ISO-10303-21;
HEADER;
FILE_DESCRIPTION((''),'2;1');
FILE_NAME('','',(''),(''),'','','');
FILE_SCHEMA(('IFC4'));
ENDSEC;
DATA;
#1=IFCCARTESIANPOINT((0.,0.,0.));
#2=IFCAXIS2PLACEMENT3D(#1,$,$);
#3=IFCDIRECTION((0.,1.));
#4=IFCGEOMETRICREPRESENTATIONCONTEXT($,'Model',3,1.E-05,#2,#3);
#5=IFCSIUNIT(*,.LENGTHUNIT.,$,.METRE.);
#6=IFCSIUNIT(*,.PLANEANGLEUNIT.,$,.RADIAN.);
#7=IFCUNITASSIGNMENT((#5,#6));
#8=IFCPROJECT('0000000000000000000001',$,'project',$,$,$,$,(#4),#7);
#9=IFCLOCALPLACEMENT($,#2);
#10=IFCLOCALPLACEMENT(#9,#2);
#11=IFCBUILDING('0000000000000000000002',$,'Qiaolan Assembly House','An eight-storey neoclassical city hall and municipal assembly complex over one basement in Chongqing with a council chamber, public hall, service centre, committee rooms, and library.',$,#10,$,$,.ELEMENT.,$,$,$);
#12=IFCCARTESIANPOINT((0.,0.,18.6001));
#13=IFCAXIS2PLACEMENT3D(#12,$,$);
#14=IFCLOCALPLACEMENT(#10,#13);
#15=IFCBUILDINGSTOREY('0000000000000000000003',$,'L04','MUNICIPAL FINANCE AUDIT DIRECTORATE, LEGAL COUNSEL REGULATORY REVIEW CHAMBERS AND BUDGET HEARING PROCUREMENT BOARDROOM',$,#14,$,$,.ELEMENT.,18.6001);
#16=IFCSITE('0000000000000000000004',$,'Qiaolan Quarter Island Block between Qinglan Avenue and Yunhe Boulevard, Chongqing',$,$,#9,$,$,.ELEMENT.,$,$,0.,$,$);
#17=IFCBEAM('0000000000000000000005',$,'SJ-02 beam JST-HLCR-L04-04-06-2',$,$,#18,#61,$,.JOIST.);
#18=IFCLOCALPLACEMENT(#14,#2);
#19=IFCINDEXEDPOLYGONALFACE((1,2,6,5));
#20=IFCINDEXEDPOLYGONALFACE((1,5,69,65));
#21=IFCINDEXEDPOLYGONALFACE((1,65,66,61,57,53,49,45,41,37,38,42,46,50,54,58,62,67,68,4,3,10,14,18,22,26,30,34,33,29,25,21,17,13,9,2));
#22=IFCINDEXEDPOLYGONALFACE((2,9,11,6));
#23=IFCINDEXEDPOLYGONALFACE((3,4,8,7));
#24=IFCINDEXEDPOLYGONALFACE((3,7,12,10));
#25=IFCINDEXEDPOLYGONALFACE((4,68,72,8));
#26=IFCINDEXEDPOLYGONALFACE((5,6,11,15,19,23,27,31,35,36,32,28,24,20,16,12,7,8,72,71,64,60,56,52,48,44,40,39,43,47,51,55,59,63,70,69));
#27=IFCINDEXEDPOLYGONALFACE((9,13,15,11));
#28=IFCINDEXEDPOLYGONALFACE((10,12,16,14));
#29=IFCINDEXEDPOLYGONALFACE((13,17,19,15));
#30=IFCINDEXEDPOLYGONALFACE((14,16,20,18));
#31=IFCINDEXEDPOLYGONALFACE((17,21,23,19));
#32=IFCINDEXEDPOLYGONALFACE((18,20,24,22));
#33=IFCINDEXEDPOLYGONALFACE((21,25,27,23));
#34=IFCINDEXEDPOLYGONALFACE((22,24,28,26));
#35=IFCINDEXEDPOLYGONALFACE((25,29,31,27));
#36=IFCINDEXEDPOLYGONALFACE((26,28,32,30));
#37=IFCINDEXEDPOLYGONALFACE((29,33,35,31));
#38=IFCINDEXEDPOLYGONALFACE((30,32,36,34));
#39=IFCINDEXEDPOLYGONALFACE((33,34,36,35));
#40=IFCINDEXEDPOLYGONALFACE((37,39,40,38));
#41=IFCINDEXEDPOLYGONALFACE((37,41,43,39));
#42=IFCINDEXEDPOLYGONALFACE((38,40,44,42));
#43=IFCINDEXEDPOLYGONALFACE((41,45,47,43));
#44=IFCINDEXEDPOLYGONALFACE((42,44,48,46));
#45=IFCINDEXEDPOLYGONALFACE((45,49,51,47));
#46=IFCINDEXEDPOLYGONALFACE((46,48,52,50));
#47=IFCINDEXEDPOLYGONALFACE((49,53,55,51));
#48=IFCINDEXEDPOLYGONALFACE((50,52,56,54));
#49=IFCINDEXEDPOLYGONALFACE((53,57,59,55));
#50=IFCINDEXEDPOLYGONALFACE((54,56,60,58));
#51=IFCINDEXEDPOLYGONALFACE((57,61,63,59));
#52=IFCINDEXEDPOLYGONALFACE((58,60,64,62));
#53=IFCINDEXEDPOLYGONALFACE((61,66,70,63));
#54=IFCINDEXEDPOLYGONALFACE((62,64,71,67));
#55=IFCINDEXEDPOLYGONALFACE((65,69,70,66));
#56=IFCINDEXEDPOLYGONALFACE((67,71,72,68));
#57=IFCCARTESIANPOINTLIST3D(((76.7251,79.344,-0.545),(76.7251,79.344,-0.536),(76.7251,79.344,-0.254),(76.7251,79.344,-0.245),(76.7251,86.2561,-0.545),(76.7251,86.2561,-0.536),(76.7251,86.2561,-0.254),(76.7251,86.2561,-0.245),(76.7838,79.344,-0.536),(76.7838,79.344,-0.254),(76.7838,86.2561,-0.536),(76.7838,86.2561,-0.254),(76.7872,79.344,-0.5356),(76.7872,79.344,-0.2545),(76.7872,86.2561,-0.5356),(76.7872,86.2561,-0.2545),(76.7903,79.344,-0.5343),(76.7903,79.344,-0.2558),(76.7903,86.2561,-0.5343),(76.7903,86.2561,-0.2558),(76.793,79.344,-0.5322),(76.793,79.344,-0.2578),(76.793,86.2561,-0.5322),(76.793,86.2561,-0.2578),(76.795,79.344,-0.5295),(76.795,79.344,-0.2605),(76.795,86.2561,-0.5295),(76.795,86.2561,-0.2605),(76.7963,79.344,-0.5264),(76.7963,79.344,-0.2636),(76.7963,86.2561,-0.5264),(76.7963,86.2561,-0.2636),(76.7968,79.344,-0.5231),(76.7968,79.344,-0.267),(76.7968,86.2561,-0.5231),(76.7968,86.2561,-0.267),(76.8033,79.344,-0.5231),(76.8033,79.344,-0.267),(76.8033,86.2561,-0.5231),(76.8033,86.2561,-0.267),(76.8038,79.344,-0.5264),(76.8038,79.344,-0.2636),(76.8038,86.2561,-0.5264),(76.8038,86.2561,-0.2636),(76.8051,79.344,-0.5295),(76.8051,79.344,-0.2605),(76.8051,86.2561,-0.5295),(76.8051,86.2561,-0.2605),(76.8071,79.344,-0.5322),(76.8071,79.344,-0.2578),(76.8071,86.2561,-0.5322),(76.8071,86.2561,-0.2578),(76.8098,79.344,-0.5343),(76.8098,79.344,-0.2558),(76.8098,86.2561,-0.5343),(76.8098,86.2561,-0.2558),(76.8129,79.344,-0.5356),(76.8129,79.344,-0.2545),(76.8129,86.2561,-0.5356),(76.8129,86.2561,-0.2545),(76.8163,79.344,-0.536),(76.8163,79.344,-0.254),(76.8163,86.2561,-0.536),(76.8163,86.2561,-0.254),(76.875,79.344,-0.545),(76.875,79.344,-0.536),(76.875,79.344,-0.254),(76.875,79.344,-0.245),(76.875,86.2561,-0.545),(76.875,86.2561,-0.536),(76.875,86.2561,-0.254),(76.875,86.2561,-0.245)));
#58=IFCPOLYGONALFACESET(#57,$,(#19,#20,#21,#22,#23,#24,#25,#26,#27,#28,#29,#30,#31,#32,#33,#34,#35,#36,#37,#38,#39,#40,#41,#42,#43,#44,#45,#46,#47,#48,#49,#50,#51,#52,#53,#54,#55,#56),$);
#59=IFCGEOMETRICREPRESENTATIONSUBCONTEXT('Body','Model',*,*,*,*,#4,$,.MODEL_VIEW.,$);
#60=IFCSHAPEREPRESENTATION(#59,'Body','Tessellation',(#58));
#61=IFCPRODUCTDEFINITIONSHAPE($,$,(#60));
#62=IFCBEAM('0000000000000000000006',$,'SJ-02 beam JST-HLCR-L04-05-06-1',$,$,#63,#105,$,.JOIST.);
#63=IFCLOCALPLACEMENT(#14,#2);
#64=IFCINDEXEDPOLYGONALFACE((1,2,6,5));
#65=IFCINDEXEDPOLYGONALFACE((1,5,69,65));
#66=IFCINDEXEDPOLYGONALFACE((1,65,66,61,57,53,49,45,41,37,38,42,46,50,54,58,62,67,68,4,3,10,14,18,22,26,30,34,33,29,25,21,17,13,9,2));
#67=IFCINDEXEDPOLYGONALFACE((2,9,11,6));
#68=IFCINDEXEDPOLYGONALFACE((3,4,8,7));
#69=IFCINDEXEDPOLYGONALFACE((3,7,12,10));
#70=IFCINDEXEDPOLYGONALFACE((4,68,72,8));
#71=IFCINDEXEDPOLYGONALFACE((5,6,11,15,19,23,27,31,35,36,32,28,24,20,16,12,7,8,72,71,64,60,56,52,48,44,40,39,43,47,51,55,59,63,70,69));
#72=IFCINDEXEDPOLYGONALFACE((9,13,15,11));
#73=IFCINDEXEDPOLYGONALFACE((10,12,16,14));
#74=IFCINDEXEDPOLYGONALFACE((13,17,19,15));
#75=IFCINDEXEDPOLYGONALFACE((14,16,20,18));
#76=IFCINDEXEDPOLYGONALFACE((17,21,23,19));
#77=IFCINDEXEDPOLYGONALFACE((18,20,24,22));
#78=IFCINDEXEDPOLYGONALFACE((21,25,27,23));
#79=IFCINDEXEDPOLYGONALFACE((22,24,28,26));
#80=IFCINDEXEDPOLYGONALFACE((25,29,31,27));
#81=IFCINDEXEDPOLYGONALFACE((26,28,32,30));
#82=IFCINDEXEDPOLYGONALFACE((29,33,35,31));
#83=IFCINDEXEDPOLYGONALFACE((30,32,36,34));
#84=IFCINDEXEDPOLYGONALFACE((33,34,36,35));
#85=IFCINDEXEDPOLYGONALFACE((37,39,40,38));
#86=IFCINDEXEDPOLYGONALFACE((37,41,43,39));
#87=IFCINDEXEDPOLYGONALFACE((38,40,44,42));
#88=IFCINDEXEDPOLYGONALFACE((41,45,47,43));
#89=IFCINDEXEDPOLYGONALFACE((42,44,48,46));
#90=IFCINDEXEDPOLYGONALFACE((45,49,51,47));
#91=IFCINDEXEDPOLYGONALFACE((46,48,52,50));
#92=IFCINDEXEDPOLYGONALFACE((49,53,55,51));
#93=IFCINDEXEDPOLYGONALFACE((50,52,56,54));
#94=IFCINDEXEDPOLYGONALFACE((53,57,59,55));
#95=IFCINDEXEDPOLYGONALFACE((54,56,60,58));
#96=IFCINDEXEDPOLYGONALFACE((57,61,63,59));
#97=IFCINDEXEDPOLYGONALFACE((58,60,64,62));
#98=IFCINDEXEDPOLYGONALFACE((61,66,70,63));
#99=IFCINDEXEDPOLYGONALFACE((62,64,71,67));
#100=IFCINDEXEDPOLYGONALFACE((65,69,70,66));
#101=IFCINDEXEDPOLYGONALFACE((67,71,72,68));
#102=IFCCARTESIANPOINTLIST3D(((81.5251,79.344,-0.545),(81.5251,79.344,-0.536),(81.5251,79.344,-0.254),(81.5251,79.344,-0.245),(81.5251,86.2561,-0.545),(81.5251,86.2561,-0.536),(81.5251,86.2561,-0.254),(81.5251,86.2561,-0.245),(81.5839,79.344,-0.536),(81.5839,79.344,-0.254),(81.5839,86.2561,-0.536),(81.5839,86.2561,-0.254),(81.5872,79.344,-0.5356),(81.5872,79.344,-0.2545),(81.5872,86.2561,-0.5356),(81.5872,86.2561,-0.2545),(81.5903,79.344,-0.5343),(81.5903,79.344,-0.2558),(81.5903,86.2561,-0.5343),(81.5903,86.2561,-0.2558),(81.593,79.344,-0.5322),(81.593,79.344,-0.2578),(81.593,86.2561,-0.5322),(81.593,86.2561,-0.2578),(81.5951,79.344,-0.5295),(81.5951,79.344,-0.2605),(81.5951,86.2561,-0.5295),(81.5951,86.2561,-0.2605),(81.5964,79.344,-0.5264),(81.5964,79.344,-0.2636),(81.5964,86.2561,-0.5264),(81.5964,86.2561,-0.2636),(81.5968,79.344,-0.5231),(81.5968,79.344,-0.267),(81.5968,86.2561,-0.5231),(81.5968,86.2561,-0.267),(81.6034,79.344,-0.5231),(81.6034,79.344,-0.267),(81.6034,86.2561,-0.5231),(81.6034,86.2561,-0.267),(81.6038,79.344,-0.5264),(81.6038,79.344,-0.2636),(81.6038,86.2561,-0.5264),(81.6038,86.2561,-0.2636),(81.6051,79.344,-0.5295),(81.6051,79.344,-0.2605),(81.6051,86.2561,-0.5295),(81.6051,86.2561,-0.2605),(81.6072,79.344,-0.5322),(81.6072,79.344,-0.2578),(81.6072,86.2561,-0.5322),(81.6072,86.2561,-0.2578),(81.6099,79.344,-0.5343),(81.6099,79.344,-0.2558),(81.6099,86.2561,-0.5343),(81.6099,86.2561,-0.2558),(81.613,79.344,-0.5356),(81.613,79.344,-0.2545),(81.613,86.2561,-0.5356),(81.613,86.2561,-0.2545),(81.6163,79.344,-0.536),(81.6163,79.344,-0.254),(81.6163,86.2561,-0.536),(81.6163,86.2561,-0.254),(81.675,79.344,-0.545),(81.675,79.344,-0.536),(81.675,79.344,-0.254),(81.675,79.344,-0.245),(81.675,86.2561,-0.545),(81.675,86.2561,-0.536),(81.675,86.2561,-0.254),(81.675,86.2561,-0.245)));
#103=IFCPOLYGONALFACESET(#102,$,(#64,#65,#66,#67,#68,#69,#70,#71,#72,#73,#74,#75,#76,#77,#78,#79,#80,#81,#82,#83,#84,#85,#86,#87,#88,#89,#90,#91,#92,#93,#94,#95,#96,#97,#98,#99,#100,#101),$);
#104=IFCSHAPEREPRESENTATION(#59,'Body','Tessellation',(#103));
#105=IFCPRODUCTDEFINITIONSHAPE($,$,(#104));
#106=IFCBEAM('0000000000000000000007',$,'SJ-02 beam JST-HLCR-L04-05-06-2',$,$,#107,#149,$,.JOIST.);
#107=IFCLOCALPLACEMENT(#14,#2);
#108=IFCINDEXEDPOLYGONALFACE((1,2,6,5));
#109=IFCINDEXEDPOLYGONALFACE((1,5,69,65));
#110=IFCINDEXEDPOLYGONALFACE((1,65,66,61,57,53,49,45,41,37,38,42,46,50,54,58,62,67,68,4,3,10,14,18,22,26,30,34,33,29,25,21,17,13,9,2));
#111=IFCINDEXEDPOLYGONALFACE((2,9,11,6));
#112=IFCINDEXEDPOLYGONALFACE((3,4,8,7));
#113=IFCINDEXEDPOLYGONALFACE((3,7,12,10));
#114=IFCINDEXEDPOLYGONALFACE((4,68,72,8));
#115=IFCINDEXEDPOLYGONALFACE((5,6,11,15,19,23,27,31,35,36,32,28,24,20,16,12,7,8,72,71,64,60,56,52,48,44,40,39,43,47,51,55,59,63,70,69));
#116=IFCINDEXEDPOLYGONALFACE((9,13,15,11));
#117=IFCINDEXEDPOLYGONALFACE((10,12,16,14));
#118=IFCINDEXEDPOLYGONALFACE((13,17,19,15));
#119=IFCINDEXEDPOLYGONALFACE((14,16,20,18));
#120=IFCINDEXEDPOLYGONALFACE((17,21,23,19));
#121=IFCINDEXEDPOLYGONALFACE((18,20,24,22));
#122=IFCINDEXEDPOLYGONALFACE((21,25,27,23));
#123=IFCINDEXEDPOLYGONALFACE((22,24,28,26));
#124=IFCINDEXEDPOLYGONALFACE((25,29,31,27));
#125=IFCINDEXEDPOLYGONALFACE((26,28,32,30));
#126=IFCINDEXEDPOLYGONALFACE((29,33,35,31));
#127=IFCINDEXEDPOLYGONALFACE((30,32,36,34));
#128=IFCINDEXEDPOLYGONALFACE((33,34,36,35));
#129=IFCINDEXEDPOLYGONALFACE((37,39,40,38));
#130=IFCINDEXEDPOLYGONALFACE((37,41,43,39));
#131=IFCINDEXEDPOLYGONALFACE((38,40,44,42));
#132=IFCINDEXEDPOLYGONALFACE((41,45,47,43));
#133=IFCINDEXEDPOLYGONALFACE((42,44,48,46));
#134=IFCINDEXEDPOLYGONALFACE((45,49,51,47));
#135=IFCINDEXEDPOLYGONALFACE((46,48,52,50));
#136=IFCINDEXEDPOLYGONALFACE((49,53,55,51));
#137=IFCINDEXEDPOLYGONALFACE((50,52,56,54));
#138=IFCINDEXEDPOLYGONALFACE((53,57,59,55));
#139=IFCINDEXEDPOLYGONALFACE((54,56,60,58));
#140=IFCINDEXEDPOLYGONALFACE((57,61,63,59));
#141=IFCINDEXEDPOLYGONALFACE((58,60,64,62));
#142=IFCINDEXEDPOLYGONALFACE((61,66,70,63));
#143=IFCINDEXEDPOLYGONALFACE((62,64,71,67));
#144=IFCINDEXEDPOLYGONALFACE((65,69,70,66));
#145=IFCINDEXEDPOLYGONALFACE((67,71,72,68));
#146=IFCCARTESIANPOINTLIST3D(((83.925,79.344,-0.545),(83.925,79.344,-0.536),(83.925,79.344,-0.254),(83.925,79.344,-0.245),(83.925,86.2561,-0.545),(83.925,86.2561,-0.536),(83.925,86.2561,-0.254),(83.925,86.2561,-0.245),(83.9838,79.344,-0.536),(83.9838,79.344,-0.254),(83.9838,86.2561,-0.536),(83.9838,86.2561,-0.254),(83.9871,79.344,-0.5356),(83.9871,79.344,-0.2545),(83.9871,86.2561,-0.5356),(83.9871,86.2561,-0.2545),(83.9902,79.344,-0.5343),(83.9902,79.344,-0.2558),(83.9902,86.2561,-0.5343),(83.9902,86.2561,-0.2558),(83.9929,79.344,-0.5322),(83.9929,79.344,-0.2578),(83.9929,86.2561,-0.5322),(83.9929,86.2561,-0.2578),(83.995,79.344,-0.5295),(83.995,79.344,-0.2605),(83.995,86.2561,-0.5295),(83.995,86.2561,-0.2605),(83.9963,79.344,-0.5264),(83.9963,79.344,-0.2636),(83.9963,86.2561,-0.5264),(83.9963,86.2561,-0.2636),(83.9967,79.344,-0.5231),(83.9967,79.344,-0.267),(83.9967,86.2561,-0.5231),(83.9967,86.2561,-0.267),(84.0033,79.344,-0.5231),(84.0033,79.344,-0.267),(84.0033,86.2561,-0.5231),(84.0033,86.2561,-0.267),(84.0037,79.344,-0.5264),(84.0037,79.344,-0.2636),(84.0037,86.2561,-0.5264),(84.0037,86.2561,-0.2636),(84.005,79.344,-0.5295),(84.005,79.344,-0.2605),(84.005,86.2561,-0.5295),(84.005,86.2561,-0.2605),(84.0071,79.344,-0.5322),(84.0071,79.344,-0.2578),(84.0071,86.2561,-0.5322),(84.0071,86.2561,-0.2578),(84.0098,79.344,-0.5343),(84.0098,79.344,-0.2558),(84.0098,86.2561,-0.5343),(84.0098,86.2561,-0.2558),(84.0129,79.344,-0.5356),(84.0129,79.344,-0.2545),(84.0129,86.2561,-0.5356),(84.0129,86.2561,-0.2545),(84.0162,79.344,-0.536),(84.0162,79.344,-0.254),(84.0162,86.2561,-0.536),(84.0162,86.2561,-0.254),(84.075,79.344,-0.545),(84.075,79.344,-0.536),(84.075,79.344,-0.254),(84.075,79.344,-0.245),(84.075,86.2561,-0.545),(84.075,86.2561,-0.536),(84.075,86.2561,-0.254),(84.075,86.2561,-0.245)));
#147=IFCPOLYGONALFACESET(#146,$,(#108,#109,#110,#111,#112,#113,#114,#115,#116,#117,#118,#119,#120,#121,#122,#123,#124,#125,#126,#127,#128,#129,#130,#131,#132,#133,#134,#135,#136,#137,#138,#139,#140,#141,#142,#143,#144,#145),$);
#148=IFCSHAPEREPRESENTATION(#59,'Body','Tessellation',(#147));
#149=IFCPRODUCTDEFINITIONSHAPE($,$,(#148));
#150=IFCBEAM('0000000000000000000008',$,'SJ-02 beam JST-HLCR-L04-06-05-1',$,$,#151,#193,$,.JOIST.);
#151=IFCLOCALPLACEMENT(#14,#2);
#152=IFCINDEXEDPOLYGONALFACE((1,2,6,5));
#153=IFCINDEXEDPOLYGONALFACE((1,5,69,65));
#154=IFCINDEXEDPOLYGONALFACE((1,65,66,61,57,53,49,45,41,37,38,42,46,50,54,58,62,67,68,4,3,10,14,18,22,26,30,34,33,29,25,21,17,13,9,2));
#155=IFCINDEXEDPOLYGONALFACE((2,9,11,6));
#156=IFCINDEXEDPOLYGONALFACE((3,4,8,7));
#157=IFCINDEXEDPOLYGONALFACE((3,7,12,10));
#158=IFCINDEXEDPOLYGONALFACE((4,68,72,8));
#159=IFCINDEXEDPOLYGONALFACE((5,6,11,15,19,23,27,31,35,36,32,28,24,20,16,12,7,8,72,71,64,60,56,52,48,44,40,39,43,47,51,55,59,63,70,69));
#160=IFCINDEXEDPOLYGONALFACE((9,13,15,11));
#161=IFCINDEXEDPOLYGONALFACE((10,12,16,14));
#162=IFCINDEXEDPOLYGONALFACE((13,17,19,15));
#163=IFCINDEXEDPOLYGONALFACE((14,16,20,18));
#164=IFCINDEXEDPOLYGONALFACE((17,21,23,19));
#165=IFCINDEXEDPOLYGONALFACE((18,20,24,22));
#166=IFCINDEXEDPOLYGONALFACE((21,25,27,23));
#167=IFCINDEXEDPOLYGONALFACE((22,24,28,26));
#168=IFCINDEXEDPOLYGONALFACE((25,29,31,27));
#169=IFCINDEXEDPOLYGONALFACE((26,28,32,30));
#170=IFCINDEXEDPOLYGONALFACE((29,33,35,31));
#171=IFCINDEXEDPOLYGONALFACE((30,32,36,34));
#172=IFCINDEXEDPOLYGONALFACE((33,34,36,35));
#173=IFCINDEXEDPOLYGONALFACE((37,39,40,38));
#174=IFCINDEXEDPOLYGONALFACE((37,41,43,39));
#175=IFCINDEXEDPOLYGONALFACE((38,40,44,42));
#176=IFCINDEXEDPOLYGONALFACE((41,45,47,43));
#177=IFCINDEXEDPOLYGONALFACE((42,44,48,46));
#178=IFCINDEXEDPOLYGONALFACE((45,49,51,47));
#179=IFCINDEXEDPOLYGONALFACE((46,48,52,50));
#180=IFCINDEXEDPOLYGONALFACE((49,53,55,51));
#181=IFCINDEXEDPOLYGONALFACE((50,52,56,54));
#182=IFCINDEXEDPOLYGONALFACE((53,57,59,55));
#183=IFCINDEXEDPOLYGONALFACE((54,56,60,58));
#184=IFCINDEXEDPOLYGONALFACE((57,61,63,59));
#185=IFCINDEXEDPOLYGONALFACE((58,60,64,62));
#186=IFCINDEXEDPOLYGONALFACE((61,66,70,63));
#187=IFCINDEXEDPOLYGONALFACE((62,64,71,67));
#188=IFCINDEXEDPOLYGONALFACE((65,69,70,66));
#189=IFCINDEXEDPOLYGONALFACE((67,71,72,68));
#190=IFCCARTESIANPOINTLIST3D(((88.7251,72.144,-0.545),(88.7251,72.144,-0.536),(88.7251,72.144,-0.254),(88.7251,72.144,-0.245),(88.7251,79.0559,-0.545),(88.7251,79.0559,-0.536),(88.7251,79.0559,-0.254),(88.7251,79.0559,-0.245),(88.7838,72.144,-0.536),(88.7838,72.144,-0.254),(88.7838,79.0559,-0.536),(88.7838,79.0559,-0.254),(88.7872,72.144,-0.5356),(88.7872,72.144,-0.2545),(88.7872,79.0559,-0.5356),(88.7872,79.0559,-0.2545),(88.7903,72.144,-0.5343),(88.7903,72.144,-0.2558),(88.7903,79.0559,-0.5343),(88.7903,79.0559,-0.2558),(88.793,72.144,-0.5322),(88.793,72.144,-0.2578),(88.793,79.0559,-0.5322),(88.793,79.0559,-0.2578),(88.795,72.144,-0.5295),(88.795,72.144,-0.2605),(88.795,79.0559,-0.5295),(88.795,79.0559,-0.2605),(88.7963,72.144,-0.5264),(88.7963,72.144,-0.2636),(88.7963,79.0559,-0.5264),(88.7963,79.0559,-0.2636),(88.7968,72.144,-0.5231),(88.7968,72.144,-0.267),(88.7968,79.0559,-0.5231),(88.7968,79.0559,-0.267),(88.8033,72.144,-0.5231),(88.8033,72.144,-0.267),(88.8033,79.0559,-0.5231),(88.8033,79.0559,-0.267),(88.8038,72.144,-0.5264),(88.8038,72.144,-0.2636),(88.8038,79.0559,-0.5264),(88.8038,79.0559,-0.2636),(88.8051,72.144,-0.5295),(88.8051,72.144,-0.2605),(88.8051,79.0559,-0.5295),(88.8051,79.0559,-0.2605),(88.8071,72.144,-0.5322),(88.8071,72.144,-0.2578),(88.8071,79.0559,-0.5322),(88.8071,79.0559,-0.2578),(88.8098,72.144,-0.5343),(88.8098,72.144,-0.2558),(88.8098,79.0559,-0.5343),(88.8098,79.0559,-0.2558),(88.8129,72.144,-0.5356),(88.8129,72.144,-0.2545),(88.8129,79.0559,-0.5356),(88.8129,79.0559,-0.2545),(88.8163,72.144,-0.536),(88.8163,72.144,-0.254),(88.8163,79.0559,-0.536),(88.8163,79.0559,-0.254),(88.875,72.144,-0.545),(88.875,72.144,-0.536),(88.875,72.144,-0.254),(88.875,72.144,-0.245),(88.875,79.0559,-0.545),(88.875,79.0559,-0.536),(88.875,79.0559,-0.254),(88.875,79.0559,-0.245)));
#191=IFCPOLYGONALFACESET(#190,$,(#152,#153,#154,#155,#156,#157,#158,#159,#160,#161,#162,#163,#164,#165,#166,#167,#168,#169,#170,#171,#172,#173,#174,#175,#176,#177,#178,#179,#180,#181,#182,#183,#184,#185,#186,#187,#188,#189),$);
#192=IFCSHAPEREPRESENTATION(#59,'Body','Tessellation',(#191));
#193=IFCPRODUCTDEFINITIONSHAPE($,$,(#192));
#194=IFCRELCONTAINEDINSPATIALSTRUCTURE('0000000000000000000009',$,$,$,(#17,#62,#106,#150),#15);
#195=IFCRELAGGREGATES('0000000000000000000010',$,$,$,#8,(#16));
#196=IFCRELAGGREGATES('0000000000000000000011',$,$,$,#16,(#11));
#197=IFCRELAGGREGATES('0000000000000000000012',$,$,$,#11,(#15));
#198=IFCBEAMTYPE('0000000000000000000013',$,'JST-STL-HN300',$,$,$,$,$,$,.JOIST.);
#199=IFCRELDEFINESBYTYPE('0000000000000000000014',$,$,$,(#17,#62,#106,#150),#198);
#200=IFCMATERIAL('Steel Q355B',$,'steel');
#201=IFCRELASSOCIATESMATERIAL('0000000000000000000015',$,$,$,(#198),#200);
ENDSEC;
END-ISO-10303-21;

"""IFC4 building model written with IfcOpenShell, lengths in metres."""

from ifc_helpers import new_model, si_unit, direction, frame, origin, origin_2d, place, context, subcontext, project, spatial, i_section, extrude, material, material_profile, profile_set, type_object, element, save


model = new_model("IFC4")

# Units and contexts
model_context = context("Model", 3, precision=1e-05, world=origin(), true_north=direction((0.0, 1.0)))
body_context = subcontext(model_context, "Body", "Model", "MODEL_VIEW")
ifc_project = project(units=[si_unit("LENGTHUNIT", "METRE"), si_unit("PLANEANGLEUNIT", "RADIAN")], contexts=[model_context])

# Site, building, storey
site_placement = place(None, origin())
site = spatial("IfcSite", under=ifc_project, at=site_placement, Name="Qiaolan Quarter Island Block between Qinglan Avenue and Yunhe Boulevard, Chongqing", CompositionType="ELEMENT", RefElevation=0.0)
building_placement = place(site_placement, origin())
building = spatial("IfcBuilding", under=site, at=building_placement, Name="Qiaolan Assembly House", Description="An eight-storey neoclassical city hall and municipal assembly complex over one basement in Chongqing with a council chamber, public hall, service centre, committee rooms, and library.", CompositionType="ELEMENT")
storey_placement = place(building_placement, frame((0.0, 0.0, 18.6001)))
storey = spatial("IfcBuildingStorey", under=building, at=storey_placement, Name="L04", Description="MUNICIPAL FINANCE AUDIT DIRECTORATE, LEGAL COUNSEL REGULATORY REVIEW CHAMBERS AND BUDGET HEARING PROCUREMENT BOARDROOM", CompositionType="ELEMENT", Elevation=18.6001)

# Beams
ifc_material_1 = material(Name="Steel Q355B", Category="steel")
ifc_material_profile_1 = material_profile(ifc_material_1, i_section(OverallWidth=0.1499, OverallDepth=0.3, WebThickness=0.0066, FlangeThickness=0.009, FilletRadius=0.0129, at=origin_2d()), Name="HN 300x150x6.5x9")
ifc_profile_set_1 = profile_set([ifc_material_profile_1], Name="Steel Q355B")
beam_type_1 = type_object("IfcBeamType", Name="JST-STL-HN300", PredefinedType="JOIST", material=ifc_profile_set_1)
for number, where, z_axis, x_axis, name in (
    (1, (76.8, 79.344, -0.395), (0.0, 1.0, 0.0), (-1.0, 0.0, 0.0), "SJ-02 beam JST-HLCR-L04-04-06-2"),
    (2, (81.6001, 79.344, -0.395), (0.0, 1.0, 0.0), (-1.0, 0.0, 0.0), "SJ-02 beam JST-HLCR-L04-05-06-1"),
    (3, (84.0, 79.344, -0.395), (0.0, 1.0, 0.0), (-1.0, 0.0, 0.0), "SJ-02 beam JST-HLCR-L04-05-06-2"),
):
    element("IfcBeam", number, at=place(storey_placement, frame(where, z_axis=z_axis, x_axis=x_axis)), inside=storey, type_object=beam_type_1, Name=name, PredefinedType="JOIST", context=body_context, shape_type="SweptSolid", body=[
        extrude(i_section(OverallWidth=0.1499, OverallDepth=0.3, WebThickness=0.0066, FlangeThickness=0.009, FilletRadius=0.0129, at=origin_2d()), origin(), (0.0, 0.0, 1.0), 6.9121),
    ])
beam_1_placement = place(storey_placement, frame((88.8, 72.144, -0.395), z_axis=(0.0, 1.0, 0.0), x_axis=(-1.0, 0.0, 0.0)))
element("IfcBeam", 4, at=beam_1_placement, inside=storey, type_object=beam_type_1, Name="SJ-02 beam JST-HLCR-L04-06-05-1", PredefinedType="JOIST", context=body_context, shape_type="SweptSolid", body=[
    extrude(i_section(OverallWidth=0.1499, OverallDepth=0.3, WebThickness=0.0066, FlangeThickness=0.009, FilletRadius=0.0129, at=origin_2d()), origin(), (0.0, 0.0, 1.0), 6.9119),
])

save(model, "model.ifc")
